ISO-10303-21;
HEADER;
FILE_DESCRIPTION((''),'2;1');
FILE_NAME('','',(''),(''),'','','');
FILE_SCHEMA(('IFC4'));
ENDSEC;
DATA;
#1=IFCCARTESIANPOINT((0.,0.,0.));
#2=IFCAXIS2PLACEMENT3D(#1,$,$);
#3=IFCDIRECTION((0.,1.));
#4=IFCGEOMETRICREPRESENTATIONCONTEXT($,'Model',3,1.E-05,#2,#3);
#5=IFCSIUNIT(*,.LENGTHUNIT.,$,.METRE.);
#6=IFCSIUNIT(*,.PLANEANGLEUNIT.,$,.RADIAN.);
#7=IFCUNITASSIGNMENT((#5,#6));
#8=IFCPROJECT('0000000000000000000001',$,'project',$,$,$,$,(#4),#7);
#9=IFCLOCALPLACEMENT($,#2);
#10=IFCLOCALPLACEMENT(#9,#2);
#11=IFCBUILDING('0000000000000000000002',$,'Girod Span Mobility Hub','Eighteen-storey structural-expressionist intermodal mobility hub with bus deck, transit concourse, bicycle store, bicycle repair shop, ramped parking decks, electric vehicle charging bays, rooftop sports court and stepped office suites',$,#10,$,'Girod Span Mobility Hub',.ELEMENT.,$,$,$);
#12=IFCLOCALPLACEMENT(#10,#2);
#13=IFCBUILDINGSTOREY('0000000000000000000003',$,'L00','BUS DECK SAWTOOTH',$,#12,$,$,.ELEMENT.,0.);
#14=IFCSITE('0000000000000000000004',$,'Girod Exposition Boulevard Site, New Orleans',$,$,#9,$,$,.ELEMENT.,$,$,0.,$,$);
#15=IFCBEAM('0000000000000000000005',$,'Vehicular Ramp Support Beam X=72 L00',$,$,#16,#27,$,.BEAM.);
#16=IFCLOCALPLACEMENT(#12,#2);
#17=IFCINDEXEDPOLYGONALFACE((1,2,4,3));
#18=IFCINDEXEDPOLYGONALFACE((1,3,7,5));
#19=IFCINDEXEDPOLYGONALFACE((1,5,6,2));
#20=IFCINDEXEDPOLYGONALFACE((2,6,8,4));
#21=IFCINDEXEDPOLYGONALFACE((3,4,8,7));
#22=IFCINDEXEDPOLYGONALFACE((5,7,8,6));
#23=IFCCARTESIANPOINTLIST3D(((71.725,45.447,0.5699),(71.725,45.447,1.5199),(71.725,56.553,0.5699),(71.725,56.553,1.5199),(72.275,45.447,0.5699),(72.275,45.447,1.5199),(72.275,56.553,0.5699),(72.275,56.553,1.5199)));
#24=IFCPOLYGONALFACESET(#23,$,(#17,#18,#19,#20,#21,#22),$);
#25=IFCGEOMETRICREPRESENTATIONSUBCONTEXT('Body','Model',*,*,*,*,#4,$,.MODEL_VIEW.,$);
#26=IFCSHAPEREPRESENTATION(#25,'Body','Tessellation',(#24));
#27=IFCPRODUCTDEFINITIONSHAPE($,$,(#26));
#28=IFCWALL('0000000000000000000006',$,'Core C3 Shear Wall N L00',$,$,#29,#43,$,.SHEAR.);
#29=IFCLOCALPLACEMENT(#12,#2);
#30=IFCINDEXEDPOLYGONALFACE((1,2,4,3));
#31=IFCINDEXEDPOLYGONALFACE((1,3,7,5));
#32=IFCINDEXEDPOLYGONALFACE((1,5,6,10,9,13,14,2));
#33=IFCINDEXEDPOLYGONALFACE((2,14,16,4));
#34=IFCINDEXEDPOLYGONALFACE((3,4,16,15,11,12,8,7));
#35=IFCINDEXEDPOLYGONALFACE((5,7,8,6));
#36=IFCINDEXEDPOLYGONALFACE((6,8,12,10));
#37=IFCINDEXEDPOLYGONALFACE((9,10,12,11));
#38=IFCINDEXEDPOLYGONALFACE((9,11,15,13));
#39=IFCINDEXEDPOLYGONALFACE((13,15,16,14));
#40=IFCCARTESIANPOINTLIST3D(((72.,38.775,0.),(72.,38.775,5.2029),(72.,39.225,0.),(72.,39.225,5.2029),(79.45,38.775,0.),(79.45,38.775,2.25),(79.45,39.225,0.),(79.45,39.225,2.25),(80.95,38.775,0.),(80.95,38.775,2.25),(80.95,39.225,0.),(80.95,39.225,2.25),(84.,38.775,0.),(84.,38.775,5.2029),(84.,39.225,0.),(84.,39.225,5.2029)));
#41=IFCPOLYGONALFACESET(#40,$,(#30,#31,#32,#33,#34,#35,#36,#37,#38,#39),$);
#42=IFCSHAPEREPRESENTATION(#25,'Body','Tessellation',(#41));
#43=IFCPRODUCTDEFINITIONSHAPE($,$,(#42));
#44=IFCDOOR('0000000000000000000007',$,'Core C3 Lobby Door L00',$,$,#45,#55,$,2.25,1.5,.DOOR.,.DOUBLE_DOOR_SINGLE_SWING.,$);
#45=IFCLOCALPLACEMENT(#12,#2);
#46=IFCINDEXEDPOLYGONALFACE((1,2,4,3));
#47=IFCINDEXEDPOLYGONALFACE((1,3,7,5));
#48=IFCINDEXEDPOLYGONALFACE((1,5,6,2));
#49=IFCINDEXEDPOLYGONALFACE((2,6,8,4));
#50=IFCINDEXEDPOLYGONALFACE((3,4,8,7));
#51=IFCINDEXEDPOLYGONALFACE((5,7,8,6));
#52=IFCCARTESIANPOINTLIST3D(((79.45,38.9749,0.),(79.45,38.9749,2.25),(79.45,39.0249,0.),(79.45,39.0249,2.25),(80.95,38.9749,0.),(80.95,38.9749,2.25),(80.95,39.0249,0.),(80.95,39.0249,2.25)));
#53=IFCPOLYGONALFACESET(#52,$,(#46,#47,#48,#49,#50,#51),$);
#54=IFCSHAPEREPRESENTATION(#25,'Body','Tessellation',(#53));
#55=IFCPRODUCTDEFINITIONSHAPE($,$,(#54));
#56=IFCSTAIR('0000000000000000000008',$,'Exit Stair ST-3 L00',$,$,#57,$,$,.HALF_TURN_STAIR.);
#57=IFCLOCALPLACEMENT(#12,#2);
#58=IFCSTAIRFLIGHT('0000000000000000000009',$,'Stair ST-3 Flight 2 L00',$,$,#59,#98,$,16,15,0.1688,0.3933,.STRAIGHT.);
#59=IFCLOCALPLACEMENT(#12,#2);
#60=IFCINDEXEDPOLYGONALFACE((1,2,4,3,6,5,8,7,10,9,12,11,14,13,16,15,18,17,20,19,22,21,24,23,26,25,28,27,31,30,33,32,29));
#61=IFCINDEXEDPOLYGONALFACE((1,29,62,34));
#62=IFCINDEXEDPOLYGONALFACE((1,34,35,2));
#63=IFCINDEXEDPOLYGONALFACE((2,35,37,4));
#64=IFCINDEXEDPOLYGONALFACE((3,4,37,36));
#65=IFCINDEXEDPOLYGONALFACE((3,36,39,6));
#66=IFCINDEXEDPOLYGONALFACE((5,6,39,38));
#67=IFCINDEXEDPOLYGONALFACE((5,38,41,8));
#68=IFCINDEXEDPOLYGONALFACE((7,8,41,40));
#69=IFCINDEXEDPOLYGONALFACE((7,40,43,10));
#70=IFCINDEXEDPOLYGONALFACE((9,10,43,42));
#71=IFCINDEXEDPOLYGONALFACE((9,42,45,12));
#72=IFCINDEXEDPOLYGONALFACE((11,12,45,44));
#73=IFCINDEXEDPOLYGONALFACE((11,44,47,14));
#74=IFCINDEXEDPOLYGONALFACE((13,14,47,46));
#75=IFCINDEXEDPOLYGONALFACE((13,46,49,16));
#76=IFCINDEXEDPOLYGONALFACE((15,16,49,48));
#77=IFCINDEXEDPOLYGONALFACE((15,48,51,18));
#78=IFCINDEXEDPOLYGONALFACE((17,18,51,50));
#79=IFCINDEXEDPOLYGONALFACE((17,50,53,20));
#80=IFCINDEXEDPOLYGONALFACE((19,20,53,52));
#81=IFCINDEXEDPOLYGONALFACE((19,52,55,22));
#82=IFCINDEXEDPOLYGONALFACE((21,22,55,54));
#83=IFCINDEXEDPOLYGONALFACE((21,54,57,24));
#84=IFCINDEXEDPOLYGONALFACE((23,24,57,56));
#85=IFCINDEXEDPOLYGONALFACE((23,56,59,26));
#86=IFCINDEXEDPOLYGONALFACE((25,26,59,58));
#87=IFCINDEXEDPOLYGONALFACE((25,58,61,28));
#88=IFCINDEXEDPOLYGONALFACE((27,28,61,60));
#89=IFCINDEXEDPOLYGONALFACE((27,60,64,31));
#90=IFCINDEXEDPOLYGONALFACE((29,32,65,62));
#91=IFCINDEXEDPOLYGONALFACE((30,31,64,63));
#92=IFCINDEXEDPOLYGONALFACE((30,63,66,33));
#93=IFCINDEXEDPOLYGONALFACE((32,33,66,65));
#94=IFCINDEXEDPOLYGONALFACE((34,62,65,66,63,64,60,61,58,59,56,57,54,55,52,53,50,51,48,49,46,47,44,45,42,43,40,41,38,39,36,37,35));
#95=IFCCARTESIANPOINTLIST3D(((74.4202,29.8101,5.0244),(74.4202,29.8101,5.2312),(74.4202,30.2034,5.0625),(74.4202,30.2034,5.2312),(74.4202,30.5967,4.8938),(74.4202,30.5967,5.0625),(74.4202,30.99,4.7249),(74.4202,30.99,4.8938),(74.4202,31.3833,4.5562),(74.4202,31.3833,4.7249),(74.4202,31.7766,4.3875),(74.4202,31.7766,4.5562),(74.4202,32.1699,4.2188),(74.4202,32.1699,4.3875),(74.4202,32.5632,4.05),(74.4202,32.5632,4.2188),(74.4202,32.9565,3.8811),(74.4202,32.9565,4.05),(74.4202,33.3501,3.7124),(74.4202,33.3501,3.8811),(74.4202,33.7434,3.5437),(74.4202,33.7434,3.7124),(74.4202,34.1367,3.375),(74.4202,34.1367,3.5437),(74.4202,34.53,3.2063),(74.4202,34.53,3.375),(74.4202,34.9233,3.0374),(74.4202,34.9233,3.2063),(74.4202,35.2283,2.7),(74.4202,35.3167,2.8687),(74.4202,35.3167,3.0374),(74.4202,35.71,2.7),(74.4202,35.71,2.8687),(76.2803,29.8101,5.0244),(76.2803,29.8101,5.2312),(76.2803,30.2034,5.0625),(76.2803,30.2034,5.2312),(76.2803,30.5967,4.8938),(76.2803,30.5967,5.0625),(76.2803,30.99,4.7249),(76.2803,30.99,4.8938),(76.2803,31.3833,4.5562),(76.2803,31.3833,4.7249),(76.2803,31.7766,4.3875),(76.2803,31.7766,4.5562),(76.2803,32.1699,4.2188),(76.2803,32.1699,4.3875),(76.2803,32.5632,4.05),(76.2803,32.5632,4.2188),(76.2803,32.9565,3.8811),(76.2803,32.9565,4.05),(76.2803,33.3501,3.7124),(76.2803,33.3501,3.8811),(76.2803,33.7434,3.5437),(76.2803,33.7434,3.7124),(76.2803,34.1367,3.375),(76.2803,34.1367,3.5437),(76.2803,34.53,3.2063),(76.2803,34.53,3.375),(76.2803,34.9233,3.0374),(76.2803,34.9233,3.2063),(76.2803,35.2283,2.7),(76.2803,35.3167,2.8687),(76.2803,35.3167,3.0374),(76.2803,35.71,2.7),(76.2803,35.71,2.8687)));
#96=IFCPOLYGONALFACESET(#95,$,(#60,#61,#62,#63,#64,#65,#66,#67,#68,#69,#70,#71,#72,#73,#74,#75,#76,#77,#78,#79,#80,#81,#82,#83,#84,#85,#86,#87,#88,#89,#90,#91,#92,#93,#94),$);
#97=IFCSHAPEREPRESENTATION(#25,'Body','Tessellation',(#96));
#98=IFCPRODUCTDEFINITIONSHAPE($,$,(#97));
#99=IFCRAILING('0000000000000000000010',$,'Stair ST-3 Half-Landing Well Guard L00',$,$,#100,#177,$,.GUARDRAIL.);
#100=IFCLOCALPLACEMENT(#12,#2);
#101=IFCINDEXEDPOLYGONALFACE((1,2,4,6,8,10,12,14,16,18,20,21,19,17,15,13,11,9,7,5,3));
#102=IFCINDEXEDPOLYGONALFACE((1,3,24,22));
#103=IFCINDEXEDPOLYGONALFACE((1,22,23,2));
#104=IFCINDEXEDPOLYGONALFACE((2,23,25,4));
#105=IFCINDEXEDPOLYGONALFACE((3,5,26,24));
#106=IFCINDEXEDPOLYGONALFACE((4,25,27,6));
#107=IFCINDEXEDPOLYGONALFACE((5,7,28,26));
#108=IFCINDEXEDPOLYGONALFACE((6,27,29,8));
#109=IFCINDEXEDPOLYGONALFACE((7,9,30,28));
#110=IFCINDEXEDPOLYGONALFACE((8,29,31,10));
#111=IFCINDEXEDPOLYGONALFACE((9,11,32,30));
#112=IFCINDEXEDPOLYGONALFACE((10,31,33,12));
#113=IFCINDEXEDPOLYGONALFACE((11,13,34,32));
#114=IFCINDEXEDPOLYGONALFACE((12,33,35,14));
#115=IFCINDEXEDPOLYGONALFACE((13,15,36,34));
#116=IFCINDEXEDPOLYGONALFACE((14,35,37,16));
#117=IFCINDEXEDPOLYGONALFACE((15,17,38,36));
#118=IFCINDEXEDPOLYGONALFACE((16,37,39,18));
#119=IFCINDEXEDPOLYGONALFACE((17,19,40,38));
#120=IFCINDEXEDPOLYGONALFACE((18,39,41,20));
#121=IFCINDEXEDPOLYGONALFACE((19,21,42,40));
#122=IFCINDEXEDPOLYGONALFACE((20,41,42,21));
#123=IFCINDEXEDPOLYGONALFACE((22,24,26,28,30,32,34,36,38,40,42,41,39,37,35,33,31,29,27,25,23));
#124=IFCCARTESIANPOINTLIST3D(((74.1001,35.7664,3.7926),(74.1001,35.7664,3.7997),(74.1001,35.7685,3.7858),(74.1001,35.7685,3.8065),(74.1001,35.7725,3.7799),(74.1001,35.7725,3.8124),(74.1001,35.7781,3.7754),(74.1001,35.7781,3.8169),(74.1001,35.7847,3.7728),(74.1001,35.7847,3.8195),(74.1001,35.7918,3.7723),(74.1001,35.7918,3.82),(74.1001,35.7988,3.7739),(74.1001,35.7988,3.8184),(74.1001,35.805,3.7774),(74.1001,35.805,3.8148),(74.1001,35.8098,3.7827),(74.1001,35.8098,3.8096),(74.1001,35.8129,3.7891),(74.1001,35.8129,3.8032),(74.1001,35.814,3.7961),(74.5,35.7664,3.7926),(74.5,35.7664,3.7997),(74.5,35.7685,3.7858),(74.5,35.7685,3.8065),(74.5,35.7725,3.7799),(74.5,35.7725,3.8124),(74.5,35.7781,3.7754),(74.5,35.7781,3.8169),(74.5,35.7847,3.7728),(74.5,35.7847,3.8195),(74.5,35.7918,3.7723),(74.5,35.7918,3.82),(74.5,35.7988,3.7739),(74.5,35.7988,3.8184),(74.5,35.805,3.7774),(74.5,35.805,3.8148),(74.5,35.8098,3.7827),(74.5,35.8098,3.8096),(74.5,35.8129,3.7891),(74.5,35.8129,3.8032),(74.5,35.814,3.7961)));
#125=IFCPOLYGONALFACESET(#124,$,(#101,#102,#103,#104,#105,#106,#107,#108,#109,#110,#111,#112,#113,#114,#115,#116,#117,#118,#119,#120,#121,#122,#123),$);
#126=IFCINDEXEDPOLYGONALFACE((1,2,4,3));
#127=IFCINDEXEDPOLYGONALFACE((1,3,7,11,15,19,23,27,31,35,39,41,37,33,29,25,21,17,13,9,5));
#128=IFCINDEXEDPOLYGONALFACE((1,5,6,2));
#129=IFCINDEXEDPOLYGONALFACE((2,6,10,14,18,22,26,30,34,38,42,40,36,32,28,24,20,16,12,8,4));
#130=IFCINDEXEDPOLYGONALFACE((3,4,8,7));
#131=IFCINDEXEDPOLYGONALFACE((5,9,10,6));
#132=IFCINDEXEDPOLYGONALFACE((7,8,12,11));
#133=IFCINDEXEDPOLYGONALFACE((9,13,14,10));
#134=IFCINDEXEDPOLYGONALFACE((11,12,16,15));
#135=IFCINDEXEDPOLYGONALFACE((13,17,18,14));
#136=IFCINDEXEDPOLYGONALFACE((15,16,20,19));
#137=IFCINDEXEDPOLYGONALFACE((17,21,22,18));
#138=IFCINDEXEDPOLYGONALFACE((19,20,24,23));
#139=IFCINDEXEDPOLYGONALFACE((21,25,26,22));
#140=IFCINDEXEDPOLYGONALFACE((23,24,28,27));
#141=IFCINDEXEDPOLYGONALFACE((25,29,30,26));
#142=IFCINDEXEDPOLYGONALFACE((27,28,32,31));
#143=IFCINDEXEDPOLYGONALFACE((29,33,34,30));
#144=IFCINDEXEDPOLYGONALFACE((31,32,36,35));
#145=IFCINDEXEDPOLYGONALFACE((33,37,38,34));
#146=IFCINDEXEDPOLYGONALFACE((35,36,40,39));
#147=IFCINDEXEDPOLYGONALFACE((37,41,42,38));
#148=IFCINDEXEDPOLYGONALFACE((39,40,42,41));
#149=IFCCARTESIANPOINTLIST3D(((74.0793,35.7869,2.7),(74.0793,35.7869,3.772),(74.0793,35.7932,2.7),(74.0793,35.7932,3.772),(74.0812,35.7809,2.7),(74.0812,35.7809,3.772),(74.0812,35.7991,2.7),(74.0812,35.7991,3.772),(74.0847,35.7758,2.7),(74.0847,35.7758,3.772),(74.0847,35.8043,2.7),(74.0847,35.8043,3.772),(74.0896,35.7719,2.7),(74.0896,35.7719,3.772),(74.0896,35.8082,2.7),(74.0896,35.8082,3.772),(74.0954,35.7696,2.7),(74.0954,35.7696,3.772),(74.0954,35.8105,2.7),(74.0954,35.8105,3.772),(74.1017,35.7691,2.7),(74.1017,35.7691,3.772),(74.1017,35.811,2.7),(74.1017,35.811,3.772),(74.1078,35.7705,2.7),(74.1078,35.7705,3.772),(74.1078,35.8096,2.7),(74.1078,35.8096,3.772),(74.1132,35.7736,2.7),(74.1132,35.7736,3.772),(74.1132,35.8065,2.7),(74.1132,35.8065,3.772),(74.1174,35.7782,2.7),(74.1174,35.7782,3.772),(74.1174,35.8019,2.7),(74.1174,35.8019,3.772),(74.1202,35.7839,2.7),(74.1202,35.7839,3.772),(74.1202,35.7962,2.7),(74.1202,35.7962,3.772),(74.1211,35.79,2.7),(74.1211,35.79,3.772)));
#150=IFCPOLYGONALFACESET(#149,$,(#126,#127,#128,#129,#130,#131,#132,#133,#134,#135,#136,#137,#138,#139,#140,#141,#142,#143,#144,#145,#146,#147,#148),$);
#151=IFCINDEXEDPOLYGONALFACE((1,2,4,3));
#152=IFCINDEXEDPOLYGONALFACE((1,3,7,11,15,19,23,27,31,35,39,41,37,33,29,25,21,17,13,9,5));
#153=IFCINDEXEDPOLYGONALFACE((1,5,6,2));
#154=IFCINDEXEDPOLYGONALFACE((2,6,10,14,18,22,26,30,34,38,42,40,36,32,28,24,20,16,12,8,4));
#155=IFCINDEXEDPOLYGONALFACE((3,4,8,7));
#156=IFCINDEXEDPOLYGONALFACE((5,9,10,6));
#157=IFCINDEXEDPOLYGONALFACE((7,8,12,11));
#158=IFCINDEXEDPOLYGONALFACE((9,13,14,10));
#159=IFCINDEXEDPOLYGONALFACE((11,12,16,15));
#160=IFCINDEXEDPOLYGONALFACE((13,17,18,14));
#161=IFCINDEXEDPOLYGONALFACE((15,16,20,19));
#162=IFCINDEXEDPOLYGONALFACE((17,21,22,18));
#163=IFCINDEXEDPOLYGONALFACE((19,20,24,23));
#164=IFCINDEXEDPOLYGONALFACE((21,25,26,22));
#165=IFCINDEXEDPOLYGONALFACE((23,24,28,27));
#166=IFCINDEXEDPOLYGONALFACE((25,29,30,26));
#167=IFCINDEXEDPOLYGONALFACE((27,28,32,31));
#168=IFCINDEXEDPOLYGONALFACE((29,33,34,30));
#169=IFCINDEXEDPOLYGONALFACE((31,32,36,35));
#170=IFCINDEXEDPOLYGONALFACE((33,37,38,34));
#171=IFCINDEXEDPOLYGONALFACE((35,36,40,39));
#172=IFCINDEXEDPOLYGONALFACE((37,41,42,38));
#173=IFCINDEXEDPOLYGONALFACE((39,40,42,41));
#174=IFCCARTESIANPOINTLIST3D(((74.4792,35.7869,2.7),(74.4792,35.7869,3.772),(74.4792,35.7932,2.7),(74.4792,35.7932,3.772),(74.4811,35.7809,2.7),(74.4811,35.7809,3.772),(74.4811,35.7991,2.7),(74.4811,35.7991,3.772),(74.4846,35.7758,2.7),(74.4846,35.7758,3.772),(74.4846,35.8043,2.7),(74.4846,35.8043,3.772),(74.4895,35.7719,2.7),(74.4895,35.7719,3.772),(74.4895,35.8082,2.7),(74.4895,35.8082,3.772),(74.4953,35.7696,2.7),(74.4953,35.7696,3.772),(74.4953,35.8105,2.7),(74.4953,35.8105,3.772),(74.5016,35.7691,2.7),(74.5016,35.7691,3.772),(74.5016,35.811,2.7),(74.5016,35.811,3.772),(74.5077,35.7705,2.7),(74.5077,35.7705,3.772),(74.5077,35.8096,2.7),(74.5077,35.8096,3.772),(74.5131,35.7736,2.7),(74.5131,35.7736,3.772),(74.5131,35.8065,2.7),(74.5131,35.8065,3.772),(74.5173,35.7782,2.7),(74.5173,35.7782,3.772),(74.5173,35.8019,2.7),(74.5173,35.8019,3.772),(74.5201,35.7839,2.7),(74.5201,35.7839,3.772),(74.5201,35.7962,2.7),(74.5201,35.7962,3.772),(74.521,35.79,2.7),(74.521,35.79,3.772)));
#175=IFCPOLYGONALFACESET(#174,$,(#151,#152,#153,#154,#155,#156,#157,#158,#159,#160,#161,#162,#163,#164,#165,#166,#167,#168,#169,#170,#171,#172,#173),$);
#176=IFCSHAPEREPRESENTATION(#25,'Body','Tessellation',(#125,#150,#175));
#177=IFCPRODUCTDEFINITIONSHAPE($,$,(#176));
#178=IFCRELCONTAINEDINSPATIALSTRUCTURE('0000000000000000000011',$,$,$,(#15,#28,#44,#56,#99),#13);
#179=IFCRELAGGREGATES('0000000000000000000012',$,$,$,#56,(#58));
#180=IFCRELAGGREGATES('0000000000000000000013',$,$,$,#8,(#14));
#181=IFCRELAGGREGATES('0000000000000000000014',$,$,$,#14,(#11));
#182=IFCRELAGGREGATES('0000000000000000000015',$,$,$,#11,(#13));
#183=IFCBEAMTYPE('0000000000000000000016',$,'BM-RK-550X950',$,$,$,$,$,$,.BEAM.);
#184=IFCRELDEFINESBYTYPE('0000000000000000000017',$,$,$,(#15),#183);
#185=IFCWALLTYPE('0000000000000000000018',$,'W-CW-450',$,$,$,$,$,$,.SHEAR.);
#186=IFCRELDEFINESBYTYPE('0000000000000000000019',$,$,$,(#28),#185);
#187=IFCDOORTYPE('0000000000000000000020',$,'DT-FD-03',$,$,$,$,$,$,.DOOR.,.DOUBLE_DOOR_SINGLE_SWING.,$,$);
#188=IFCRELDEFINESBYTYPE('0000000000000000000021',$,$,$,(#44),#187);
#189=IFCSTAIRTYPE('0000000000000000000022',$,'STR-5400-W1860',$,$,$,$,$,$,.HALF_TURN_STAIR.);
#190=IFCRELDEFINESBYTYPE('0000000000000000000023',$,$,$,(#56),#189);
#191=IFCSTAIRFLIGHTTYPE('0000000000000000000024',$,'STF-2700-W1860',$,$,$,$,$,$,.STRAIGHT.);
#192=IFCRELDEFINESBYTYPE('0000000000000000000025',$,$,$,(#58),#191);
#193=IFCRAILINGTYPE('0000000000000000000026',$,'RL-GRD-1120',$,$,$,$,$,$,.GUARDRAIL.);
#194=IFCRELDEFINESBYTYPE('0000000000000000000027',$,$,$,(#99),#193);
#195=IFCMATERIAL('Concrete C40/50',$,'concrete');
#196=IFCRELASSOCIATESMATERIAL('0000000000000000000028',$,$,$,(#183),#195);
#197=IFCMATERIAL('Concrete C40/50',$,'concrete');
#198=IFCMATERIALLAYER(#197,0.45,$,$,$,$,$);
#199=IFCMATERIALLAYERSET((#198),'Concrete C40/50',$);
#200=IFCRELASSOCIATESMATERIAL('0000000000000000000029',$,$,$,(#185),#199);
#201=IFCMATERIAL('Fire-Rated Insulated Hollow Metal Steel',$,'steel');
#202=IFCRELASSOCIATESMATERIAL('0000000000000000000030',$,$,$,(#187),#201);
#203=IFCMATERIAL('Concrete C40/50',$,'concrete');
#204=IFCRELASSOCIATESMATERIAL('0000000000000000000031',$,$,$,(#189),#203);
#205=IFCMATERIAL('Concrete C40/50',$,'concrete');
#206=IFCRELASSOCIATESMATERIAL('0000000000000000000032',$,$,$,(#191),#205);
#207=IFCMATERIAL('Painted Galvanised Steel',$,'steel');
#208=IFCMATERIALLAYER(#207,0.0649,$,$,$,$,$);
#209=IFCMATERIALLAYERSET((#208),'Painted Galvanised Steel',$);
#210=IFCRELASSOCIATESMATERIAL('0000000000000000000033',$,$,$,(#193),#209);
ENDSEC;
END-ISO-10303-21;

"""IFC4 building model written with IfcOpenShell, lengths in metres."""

from ifc_helpers import new_model, si_unit, direction, frame, frame_2d, origin, origin_2d, place, context, subcontext, project, spatial, polyline, rectangle, circle, outline, extrude, material, layer, layer_set, material_profile, profile_set, type_object, element, fill, aggregate, save


model = new_model("IFC4")

# Units and contexts
model_context = context("Model", 3, precision=1e-05, world=origin(), true_north=direction((0.0, 1.0)))
body_context = subcontext(model_context, "Body", "Model", "MODEL_VIEW")
ifc_project = project(units=[si_unit("LENGTHUNIT", "METRE"), si_unit("PLANEANGLEUNIT", "RADIAN")], contexts=[model_context])

# Site, building, storey
site_placement = place(None, origin())
site = spatial("IfcSite", under=ifc_project, at=site_placement, Name="Girod Exposition Boulevard Site, New Orleans", CompositionType="ELEMENT", RefElevation=0.0)
building_placement = place(site_placement, origin())
building = spatial("IfcBuilding", under=site, at=building_placement, Name="Girod Span Mobility Hub", Description="Eighteen-storey structural-expressionist intermodal mobility hub with bus deck, transit concourse, bicycle store, bicycle repair shop, ramped parking decks, electric vehicle charging bays, rooftop sports court and stepped office suites", LongName="Girod Span Mobility Hub", CompositionType="ELEMENT")
storey_placement = place(building_placement, origin())
storey = spatial("IfcBuildingStorey", under=building, at=storey_placement, Name="L00", Description="BUS DECK SAWTOOTH", CompositionType="ELEMENT", Elevation=0.0)

# Beam
ifc_material_1 = material(Name="Concrete C40/50", Category="concrete")
ifc_material_profile_1 = material_profile(ifc_material_1, rectangle(XDim=0.55, YDim=0.95, at=origin_2d()), Name="RK-550X950")
ifc_profile_set_1 = profile_set([ifc_material_profile_1], Name="Concrete C40/50")
beam_type_1 = type_object("IfcBeamType", Name="BM-RK-550X950", PredefinedType="BEAM", material=ifc_profile_set_1)
beam_1_placement = place(storey_placement, frame((72.0, 45.447, 1.0449), z_axis=(0.0, 1.0, 0.0), x_axis=(-1.0, 0.0, 0.0)))
element("IfcBeam", 1, at=beam_1_placement, inside=storey, type_object=beam_type_1, Name="Vehicular Ramp Support Beam X=72 L00", PredefinedType="BEAM", context=body_context, shape_type="SweptSolid", body=[
    extrude(rectangle(XDim=0.55, YDim=0.95, at=origin_2d()), origin(), (0.0, 0.0, 1.0), 11.106),
])

# Wall, opening, door
ifc_material_2 = material(Name="Concrete C40/50", Category="concrete")
ifc_layer_1 = layer(ifc_material_2, 0.45)
ifc_layer_set_1 = layer_set([ifc_layer_1], Name="Concrete C40/50")
wall_type = type_object("IfcWallType", Name="W-CW-450", PredefinedType="SHEAR", material=ifc_layer_set_1)
wall_placement = place(storey_placement, frame((72.0, 39.0, 0.0), z_axis=(0.0, 0.0, 1.0), x_axis=(1.0, 0.0, 0.0)))
wall = element("IfcWall", 2, at=wall_placement, inside=storey, type_object=wall_type, Name="Core C3 Shear Wall N L00", PredefinedType="SHEAR", context=body_context, shape_type="SweptSolid", body=[
    extrude(rectangle(XDim=12.0, YDim=0.45, at=frame_2d((6.0, 0.0))), origin(), (0.0, 0.0, 1.0), 5.2029),
])
opening_placement = place(wall_placement, frame((7.45, 0.0, 0.0)))
opening = element("IfcOpeningElement", 3, at=opening_placement, cuts=wall, PredefinedType="OPENING", context=body_context, shape_type="SweptSolid", body=[
    extrude(rectangle(XDim=1.5, YDim=2.25, at=frame_2d((0.75, 1.125))), frame((0.0, 0.24, 0.0), z_axis=(0.0, -1.0, 0.0), x_axis=(1.0, 0.0, 0.0)), (0.0, 0.0, 1.0), 0.48),
])
ifc_material_3 = material(Name="Fire-Rated Insulated Hollow Metal Steel", Category="steel")
door_type = type_object("IfcDoorType", Name="DT-FD-03", OperationType="DOUBLE_DOOR_SINGLE_SWING", PredefinedType="DOOR", material=ifc_material_3)
door_placement = place(opening_placement, origin())
door = element("IfcDoor", 4, at=door_placement, inside=storey, type_object=door_type, Name="Core C3 Lobby Door L00", OperationType="DOUBLE_DOOR_SINGLE_SWING", OverallHeight=2.25, OverallWidth=1.5, PredefinedType="DOOR", context=body_context, shape_type="SweptSolid", body=[
    extrude(rectangle(XDim=1.5, YDim=2.25, at=frame_2d((0.75, 1.125))), frame((0.0, 0.0249, 0.0), z_axis=(0.0, -1.0, 0.0), x_axis=(1.0, 0.0, 0.0)), (0.0, 0.0, 1.0), 0.05),
])
fill(opening, door)

# Stair, stair flight
ifc_material_4 = material(Name="Concrete C40/50", Category="concrete")
stair_type = type_object("IfcStairType", Name="STR-5400-W1860", PredefinedType="HALF_TURN_STAIR", material=ifc_material_4)
stair_placement = place(storey_placement, origin())
stair = element("IfcStair", 5, at=stair_placement, inside=storey, type_object=stair_type, Name="Exit Stair ST-3 L00", PredefinedType="HALF_TURN_STAIR")
ifc_material_5 = material(Name="Concrete C40/50", Category="concrete")
stair_flight_type = type_object("IfcStairFlightType", Name="STF-2700-W1860", PredefinedType="STRAIGHT", material=ifc_material_5)
stair_flight_placement = place(storey_placement, frame((75.3501, 35.71, 2.7), z_axis=(0.0, 0.0, 1.0), x_axis=(0.0, -1.0, 0.0)))
stair_flight = element("IfcStairFlight", 6, at=stair_flight_placement, type_object=stair_flight_type, Name="Stair ST-3 Flight 2 L00", NumberOfRisers=16, NumberOfTreads=15, PredefinedType="STRAIGHT", RiserHeight=0.1688, TreadLength=0.3933, context=body_context, shape_type="SweptSolid", body=[
    extrude(outline(polyline([(0.0, 0.0), (0.0, 0.1687), (0.3933, 0.1687), (0.3933, 0.3374), (0.7866, 0.3374), (0.7866, 0.5063), (1.1799, 0.5063), (1.1799, 0.675), (1.5732, 0.675), (1.5732, 0.8438), (1.9666, 0.8438), (1.9666, 1.0125), (2.3599, 1.0125), (2.3599, 1.1812), (2.7534, 1.1812), (2.7534, 1.3501), (3.1467, 1.3501), (3.1467, 1.5188), (3.54, 1.5188), (3.54, 1.6875), (3.9333, 1.6875), (3.9333, 1.8562), (4.3267, 1.8562), (4.3267, 2.0249), (4.72, 2.0249), (4.72, 2.1938), (5.1133, 2.1938), (5.1133, 2.3625), (5.5066, 2.3625), (5.5066, 2.5312), (5.8999, 2.5312), (5.8999, 2.7), (5.8999, 2.3245), (0.4817, 0.0), (0.0, 0.0)])), frame((0.0, 0.9302, 0.0), z_axis=(0.0, -1.0, 0.0), x_axis=(1.0, 0.0, 0.0)), (0.0, 0.0, 1.0), 1.8601),
])
aggregate(stair, [stair_flight])

# Railing
ifc_material_6 = material(Name="Painted Galvanised Steel", Category="steel")
ifc_layer_2 = layer(ifc_material_6, 0.0649)
ifc_layer_set_2 = layer_set([ifc_layer_2], Name="Painted Galvanised Steel")
railing_type_1 = type_object("IfcRailingType", Name="RL-GRD-1120", PredefinedType="GUARDRAIL", material=ifc_layer_set_2)
railing_1_placement = place(storey_placement, frame((74.1001, 35.79, 2.7)))
element("IfcRailing", 7, at=railing_1_placement, inside=storey, type_object=railing_type_1, Name="Stair ST-3 Half-Landing Well Guard L00", PredefinedType="GUARDRAIL", context=body_context, shape_type="SweptSolid", body=[
    extrude(circle(Radius=0.0239, at=origin_2d()), frame((0.0, 0.0, 1.0962), z_axis=(1.0, 0.0, 0.0), x_axis=(0.0, 1.0, 0.0)), (0.0, 0.0, 1.0), 0.3999),
    extrude(circle(Radius=0.021, at=origin_2d()), origin(), (0.0, 0.0, 1.0), 1.072),
    extrude(circle(Radius=0.021, at=origin_2d()), frame((0.3999, 0.0, 0.0)), (0.0, 0.0, 1.0), 1.072),
])

save(model, "model.ifc")
